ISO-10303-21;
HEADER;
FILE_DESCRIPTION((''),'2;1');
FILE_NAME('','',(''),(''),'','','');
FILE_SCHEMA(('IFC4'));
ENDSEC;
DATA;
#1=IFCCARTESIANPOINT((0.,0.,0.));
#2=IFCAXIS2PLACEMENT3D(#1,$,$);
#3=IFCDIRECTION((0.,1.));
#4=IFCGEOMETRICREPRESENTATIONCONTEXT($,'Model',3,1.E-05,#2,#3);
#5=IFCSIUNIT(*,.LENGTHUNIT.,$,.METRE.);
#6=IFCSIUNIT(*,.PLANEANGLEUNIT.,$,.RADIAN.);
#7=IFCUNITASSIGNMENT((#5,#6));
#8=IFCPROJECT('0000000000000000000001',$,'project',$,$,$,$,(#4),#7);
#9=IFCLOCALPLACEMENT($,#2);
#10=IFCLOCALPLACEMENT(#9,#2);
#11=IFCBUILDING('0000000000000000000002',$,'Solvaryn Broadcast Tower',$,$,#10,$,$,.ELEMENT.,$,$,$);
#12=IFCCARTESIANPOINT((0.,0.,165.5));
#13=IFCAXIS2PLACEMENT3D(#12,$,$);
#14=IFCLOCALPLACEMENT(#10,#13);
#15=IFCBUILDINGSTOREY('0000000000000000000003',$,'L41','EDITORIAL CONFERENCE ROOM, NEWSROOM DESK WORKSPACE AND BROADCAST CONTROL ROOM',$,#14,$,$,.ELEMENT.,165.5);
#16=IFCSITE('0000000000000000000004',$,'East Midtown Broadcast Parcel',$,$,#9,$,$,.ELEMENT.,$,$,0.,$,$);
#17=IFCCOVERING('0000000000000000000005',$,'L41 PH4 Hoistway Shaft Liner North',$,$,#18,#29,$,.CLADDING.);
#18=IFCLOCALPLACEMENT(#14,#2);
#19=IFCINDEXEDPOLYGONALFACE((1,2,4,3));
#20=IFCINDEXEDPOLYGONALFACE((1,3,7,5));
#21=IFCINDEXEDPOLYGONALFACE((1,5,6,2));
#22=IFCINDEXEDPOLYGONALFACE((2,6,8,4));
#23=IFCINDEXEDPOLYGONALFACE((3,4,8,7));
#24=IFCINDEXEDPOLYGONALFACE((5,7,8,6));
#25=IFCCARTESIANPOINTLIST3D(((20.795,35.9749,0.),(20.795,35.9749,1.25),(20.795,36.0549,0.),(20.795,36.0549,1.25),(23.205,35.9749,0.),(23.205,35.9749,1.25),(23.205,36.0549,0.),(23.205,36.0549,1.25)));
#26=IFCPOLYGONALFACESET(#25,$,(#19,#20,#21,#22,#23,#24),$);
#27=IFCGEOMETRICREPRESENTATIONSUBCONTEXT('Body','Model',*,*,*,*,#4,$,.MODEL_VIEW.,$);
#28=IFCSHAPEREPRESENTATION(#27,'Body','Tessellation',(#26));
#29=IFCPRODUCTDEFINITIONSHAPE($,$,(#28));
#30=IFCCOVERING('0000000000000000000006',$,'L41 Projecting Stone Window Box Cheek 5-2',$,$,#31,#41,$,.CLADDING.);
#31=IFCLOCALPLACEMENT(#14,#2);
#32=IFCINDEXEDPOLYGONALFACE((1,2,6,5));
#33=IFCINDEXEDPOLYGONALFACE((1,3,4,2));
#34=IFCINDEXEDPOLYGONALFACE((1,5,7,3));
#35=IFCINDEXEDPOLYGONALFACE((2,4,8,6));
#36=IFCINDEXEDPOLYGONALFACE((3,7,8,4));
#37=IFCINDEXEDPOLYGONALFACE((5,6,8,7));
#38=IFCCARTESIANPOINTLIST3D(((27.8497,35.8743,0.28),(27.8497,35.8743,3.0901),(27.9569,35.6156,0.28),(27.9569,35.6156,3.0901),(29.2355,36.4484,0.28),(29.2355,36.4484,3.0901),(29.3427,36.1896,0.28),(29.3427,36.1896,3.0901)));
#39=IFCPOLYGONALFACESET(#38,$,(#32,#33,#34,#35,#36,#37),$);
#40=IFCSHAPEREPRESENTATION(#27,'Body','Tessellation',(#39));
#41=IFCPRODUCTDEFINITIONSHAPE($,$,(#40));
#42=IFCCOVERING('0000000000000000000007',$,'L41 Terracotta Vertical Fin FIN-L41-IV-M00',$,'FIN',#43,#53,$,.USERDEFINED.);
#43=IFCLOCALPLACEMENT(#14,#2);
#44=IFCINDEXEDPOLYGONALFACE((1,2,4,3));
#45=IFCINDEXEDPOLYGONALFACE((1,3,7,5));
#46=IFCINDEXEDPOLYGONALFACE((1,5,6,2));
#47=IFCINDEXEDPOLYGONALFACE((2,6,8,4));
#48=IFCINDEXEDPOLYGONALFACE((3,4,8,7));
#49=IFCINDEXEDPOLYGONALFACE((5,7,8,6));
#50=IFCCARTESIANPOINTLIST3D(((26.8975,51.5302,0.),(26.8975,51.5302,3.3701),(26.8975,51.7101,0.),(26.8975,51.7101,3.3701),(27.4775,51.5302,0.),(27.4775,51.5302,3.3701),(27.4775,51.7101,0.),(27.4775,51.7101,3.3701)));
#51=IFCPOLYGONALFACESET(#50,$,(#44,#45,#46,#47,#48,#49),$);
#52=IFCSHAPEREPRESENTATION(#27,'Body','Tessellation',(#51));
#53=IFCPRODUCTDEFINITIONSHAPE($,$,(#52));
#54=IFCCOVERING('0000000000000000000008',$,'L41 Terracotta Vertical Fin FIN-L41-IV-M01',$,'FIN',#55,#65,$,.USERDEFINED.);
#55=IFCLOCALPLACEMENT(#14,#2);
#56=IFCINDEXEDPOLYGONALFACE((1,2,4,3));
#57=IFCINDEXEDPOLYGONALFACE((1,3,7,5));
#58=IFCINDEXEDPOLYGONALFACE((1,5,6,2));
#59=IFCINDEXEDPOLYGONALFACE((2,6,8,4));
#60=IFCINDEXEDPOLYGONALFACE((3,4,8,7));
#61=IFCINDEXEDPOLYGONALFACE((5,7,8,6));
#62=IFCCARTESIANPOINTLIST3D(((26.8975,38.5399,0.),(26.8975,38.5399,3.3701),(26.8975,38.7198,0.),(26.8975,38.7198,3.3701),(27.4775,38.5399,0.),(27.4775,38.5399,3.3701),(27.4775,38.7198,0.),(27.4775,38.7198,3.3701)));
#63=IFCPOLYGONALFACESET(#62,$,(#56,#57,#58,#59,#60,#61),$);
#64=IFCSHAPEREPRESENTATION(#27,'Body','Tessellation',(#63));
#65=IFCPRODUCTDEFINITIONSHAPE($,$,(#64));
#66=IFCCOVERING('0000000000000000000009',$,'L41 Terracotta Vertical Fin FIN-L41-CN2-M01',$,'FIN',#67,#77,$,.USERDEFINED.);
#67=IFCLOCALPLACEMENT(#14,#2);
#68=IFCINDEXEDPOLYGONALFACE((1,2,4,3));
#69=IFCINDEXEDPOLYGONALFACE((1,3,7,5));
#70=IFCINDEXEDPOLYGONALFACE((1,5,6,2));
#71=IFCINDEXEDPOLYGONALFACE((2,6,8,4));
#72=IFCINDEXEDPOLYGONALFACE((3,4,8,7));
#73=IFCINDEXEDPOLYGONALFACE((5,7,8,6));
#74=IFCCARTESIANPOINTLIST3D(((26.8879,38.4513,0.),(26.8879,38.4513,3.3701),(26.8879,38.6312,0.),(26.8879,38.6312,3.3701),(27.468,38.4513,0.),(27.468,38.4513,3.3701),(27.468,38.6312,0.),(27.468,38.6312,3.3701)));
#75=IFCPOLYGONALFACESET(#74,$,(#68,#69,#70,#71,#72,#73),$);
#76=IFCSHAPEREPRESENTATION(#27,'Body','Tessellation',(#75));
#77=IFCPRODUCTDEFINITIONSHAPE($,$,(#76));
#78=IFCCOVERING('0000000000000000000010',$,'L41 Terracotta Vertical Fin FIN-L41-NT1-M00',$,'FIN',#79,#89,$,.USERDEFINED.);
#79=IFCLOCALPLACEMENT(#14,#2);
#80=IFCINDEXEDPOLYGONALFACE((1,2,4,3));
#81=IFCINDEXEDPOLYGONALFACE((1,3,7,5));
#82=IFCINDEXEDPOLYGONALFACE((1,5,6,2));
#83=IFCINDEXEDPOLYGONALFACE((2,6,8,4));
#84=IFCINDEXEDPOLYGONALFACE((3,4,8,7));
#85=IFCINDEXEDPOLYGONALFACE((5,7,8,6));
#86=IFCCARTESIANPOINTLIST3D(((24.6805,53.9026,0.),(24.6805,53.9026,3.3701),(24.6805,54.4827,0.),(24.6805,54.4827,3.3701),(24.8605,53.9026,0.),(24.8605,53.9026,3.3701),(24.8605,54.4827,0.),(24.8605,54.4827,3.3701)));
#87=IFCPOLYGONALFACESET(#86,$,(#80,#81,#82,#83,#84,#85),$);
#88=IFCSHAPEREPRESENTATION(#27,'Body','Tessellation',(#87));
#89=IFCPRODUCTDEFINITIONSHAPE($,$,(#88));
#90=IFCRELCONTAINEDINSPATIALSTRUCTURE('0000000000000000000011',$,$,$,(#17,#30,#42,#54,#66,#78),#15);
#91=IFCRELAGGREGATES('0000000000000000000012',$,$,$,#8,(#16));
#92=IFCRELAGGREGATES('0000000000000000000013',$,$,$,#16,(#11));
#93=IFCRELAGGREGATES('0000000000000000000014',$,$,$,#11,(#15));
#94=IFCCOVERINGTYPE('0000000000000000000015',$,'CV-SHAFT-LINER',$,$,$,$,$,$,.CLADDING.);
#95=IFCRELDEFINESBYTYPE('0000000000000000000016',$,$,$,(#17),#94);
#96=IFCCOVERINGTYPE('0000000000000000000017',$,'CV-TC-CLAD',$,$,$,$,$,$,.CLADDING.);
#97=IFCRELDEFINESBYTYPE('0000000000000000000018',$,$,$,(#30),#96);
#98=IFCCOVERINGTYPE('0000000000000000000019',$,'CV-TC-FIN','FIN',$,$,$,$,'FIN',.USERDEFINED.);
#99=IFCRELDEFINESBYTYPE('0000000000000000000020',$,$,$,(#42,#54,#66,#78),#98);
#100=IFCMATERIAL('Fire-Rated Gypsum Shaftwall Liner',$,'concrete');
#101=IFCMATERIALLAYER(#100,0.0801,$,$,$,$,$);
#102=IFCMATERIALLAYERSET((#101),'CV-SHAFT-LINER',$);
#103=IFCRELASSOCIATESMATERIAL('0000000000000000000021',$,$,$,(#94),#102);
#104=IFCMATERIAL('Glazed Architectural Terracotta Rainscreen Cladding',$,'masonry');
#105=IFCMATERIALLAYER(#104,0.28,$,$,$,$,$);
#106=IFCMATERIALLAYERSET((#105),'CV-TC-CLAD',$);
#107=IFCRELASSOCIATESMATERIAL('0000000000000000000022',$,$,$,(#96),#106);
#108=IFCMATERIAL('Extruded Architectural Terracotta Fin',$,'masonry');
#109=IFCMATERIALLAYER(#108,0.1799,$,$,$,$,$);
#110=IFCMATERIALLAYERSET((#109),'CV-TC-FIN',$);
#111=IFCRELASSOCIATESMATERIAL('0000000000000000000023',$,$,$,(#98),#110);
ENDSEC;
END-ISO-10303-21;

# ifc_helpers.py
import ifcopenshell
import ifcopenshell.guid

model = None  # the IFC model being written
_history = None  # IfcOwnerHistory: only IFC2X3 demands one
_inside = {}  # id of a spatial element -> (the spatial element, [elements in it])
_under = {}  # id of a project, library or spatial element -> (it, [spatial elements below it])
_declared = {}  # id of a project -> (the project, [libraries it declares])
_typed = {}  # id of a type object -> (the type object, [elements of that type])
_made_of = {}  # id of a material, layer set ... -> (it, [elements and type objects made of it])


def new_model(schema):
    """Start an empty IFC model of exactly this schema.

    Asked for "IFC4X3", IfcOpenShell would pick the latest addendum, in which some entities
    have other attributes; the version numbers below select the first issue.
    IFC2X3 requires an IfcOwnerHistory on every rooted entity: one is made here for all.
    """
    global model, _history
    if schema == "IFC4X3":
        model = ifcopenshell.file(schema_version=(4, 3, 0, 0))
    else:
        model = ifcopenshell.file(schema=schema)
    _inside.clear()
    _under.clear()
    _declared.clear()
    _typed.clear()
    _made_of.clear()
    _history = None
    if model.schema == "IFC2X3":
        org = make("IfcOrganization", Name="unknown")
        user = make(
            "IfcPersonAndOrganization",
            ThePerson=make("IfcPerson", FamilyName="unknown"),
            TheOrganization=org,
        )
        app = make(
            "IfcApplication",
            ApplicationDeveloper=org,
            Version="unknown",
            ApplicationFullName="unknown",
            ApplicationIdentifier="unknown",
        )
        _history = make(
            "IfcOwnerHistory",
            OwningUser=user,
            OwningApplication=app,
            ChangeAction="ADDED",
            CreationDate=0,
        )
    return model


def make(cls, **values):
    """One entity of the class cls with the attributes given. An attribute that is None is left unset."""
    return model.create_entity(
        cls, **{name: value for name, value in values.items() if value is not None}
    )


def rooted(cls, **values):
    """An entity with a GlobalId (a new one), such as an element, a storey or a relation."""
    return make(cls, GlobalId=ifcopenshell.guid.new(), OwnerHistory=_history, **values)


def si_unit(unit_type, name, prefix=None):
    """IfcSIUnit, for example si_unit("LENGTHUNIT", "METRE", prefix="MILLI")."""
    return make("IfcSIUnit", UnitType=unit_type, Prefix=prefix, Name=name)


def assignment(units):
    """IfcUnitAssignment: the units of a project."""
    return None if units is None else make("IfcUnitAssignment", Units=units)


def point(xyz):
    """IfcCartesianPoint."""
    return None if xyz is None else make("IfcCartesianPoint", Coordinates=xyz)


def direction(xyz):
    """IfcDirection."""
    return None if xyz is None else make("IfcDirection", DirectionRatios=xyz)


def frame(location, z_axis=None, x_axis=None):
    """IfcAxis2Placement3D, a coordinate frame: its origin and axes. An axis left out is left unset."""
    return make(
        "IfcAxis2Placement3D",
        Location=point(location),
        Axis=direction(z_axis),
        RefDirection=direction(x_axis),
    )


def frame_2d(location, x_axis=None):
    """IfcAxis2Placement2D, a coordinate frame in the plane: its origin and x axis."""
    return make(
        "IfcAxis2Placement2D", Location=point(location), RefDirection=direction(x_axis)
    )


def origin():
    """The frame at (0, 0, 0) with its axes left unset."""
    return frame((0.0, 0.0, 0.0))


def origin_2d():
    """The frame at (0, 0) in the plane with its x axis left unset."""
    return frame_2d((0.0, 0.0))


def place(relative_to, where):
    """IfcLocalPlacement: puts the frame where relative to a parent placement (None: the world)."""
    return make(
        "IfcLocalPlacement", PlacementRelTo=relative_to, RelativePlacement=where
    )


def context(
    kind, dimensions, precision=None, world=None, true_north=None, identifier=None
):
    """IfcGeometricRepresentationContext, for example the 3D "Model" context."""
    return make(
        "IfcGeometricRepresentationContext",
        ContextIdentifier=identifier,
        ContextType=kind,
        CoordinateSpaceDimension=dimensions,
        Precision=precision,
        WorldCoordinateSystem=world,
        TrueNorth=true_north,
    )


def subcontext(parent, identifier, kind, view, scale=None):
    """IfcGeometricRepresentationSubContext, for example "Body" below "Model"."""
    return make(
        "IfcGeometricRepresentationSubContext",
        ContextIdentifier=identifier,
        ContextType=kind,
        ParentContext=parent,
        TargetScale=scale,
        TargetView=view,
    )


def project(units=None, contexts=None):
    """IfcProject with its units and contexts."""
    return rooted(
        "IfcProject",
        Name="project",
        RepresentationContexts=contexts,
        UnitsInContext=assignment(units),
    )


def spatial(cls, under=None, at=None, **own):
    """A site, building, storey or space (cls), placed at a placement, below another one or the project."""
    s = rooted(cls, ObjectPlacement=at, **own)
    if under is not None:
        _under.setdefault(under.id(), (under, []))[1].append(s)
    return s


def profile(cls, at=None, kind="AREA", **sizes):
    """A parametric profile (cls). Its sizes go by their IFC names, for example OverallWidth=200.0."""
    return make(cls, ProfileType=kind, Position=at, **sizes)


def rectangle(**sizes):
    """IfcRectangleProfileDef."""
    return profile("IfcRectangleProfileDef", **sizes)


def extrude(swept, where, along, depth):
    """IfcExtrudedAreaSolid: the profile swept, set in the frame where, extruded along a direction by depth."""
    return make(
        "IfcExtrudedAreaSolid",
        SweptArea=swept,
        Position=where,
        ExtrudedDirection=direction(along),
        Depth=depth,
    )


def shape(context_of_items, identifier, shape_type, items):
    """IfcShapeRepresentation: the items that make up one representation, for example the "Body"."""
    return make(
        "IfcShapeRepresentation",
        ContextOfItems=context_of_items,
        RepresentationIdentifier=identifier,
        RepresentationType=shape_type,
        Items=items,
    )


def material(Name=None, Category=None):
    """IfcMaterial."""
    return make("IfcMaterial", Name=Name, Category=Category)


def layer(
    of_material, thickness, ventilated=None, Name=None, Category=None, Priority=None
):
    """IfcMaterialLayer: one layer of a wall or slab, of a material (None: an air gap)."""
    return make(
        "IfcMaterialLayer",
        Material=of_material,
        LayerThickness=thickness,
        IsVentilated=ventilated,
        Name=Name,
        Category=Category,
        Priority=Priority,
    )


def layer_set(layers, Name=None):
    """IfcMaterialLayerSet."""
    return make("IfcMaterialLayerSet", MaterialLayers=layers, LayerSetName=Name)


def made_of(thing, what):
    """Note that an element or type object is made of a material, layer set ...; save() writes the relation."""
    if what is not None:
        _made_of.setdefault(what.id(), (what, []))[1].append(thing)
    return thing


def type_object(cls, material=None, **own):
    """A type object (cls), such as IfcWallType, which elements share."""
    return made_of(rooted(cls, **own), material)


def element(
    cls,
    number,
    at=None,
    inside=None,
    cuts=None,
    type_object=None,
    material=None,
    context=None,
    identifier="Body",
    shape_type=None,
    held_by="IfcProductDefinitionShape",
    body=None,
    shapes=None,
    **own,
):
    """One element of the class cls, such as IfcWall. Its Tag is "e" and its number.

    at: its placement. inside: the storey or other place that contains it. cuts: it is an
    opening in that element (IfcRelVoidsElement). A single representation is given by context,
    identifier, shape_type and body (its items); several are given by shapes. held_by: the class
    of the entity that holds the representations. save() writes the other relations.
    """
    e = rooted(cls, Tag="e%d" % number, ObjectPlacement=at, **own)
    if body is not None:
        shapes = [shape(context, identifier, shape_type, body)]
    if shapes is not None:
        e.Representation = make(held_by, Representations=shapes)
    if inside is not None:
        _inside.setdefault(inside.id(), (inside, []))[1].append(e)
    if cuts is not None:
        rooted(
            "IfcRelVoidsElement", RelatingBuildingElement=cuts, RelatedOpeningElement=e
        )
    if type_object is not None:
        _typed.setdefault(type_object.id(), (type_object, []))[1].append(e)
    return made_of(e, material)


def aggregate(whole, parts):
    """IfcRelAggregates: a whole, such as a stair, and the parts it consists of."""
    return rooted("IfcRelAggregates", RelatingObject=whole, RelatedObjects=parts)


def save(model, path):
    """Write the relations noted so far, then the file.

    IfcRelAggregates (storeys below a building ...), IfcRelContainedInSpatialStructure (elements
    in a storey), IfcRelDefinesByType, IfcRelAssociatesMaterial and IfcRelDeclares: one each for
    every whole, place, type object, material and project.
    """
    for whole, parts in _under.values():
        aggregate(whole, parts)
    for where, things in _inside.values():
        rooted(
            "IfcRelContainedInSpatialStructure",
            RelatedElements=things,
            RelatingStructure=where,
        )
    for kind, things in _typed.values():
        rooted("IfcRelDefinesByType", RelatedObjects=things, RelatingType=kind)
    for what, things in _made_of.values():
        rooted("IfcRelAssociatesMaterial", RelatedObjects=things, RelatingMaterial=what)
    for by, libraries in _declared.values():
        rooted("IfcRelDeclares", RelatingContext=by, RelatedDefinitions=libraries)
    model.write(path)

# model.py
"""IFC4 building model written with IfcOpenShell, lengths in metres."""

from ifc_helpers import new_model, si_unit, direction, frame, origin, origin_2d, place, context, subcontext, project, spatial, rectangle, extrude, material, layer, layer_set, type_object, element, save


model = new_model("IFC4")

# Units and contexts
model_context = context("Model", 3, precision=1e-05, world=origin(), true_north=direction((0.0, 1.0)))
body_context = subcontext(model_context, "Body", "Model", "MODEL_VIEW")
ifc_project = project(units=[si_unit("LENGTHUNIT", "METRE"), si_unit("PLANEANGLEUNIT", "RADIAN")], contexts=[model_context])

# Site, building, storey
site_placement = place(None, origin())
site = spatial("IfcSite", under=ifc_project, at=site_placement, Name="East Midtown Broadcast Parcel", CompositionType="ELEMENT", RefElevation=0.0)
building_placement = place(site_placement, origin())
building = spatial("IfcBuilding", under=site, at=building_placement, Name="Solvaryn Broadcast Tower", CompositionType="ELEMENT")
storey_placement = place(building_placement, frame((0.0, 0.0, 165.5)))
storey = spatial("IfcBuildingStorey", under=building, at=storey_placement, Name="L41", Description="EDITORIAL CONFERENCE ROOM, NEWSROOM DESK WORKSPACE AND BROADCAST CONTROL ROOM", CompositionType="ELEMENT", Elevation=165.5)

# Coverings
ifc_material_1 = material(Name="Fire-Rated Gypsum Shaftwall Liner", Category="concrete")
ifc_layer_1 = layer(ifc_material_1, 0.0801)
ifc_layer_set_1 = layer_set([ifc_layer_1], Name="CV-SHAFT-LINER")
covering_type_1 = type_object("IfcCoveringType", Name="CV-SHAFT-LINER", PredefinedType="CLADDING", material=ifc_layer_set_1)
covering_1_placement = place(storey_placement, frame((22.0, 36.0149, 0.0), z_axis=(0.0, 0.0, 1.0), x_axis=(1.0, 0.0, 0.0)))
element("IfcCovering", 1, at=covering_1_placement, inside=storey, type_object=covering_type_1, Name="L41 PH4 Hoistway Shaft Liner North", PredefinedType="CLADDING", context=body_context, shape_type="SweptSolid", body=[
    extrude(rectangle(XDim=2.4099, YDim=0.0801, at=origin_2d()), origin(), (0.0, 0.0, 1.0), 1.25),
])
ifc_material_2 = material(Name="Glazed Architectural Terracotta Rainscreen Cladding", Category="masonry")
ifc_layer_2 = layer(ifc_material_2, 0.28)
ifc_layer_set_2 = layer_set([ifc_layer_2], Name="CV-TC-CLAD")
covering_type_2 = type_object("IfcCoveringType", Name="CV-TC-CLAD", PredefinedType="CLADDING", material=ifc_layer_set_2)
covering_2_placement = place(storey_placement, frame((28.5962, 36.032, 0.28), z_axis=(0.0, 0.0, 1.0), x_axis=(-0.382683, 0.92388, 0.0)))
element("IfcCovering", 2, at=covering_2_placement, inside=storey, type_object=covering_type_2, Name="L41 Projecting Stone Window Box Cheek 5-2", PredefinedType="CLADDING", context=body_context, shape_type="SweptSolid", body=[
    extrude(rectangle(XDim=0.28, YDim=1.5, at=origin_2d()), origin(), (0.0, 0.0, 1.0), 2.8101),
])
ifc_material_3 = material(Name="Extruded Architectural Terracotta Fin", Category="masonry")
ifc_layer_3 = layer(ifc_material_3, 0.1799)
ifc_layer_set_3 = layer_set([ifc_layer_3], Name="CV-TC-FIN")
covering_type_3 = type_object("IfcCoveringType", Name="CV-TC-FIN", Description="FIN", ElementType="FIN", PredefinedType="USERDEFINED", material=ifc_layer_set_3)
for number, where, z_axis, x_axis, name in (
    (3, (27.1875, 51.6201, 0.0), (0.0, 0.0, 1.0), (1.0, 0.0, 0.0), "L41 Terracotta Vertical Fin FIN-L41-IV-M00"),
    (4, (27.1875, 38.6299, 0.0), (0.0, 0.0, 1.0), (1.0, 0.0, 0.0), "L41 Terracotta Vertical Fin FIN-L41-IV-M01"),
    (5, (27.178, 38.5413, 0.0), (0.0, 0.0, 1.0), (1.0, 0.0, 0.0), "L41 Terracotta Vertical Fin FIN-L41-CN2-M01"),
):
    element("IfcCovering", number, at=place(storey_placement, frame(where, z_axis=z_axis, x_axis=x_axis)), inside=storey, type_object=covering_type_3, Name=name, ObjectType="FIN", PredefinedType="USERDEFINED", context=body_context, shape_type="SweptSolid", body=[
        extrude(rectangle(XDim=0.5801, YDim=0.1799, at=origin_2d()), origin(), (0.0, 0.0, 1.0), 3.3701),
    ])
covering_3_placement = place(storey_placement, frame((24.7705, 54.1926, 0.0), z_axis=(0.0, 0.0, 1.0), x_axis=(1.0, 0.0, 0.0)))
element("IfcCovering", 6, at=covering_3_placement, inside=storey, type_object=covering_type_3, Name="L41 Terracotta Vertical Fin FIN-L41-NT1-M00", ObjectType="FIN", PredefinedType="USERDEFINED", context=body_context, shape_type="SweptSolid", body=[
    extrude(rectangle(XDim=0.1799, YDim=0.5801, at=origin_2d()), origin(), (0.0, 0.0, 1.0), 3.3701),
])

save(model, "model.ifc")
